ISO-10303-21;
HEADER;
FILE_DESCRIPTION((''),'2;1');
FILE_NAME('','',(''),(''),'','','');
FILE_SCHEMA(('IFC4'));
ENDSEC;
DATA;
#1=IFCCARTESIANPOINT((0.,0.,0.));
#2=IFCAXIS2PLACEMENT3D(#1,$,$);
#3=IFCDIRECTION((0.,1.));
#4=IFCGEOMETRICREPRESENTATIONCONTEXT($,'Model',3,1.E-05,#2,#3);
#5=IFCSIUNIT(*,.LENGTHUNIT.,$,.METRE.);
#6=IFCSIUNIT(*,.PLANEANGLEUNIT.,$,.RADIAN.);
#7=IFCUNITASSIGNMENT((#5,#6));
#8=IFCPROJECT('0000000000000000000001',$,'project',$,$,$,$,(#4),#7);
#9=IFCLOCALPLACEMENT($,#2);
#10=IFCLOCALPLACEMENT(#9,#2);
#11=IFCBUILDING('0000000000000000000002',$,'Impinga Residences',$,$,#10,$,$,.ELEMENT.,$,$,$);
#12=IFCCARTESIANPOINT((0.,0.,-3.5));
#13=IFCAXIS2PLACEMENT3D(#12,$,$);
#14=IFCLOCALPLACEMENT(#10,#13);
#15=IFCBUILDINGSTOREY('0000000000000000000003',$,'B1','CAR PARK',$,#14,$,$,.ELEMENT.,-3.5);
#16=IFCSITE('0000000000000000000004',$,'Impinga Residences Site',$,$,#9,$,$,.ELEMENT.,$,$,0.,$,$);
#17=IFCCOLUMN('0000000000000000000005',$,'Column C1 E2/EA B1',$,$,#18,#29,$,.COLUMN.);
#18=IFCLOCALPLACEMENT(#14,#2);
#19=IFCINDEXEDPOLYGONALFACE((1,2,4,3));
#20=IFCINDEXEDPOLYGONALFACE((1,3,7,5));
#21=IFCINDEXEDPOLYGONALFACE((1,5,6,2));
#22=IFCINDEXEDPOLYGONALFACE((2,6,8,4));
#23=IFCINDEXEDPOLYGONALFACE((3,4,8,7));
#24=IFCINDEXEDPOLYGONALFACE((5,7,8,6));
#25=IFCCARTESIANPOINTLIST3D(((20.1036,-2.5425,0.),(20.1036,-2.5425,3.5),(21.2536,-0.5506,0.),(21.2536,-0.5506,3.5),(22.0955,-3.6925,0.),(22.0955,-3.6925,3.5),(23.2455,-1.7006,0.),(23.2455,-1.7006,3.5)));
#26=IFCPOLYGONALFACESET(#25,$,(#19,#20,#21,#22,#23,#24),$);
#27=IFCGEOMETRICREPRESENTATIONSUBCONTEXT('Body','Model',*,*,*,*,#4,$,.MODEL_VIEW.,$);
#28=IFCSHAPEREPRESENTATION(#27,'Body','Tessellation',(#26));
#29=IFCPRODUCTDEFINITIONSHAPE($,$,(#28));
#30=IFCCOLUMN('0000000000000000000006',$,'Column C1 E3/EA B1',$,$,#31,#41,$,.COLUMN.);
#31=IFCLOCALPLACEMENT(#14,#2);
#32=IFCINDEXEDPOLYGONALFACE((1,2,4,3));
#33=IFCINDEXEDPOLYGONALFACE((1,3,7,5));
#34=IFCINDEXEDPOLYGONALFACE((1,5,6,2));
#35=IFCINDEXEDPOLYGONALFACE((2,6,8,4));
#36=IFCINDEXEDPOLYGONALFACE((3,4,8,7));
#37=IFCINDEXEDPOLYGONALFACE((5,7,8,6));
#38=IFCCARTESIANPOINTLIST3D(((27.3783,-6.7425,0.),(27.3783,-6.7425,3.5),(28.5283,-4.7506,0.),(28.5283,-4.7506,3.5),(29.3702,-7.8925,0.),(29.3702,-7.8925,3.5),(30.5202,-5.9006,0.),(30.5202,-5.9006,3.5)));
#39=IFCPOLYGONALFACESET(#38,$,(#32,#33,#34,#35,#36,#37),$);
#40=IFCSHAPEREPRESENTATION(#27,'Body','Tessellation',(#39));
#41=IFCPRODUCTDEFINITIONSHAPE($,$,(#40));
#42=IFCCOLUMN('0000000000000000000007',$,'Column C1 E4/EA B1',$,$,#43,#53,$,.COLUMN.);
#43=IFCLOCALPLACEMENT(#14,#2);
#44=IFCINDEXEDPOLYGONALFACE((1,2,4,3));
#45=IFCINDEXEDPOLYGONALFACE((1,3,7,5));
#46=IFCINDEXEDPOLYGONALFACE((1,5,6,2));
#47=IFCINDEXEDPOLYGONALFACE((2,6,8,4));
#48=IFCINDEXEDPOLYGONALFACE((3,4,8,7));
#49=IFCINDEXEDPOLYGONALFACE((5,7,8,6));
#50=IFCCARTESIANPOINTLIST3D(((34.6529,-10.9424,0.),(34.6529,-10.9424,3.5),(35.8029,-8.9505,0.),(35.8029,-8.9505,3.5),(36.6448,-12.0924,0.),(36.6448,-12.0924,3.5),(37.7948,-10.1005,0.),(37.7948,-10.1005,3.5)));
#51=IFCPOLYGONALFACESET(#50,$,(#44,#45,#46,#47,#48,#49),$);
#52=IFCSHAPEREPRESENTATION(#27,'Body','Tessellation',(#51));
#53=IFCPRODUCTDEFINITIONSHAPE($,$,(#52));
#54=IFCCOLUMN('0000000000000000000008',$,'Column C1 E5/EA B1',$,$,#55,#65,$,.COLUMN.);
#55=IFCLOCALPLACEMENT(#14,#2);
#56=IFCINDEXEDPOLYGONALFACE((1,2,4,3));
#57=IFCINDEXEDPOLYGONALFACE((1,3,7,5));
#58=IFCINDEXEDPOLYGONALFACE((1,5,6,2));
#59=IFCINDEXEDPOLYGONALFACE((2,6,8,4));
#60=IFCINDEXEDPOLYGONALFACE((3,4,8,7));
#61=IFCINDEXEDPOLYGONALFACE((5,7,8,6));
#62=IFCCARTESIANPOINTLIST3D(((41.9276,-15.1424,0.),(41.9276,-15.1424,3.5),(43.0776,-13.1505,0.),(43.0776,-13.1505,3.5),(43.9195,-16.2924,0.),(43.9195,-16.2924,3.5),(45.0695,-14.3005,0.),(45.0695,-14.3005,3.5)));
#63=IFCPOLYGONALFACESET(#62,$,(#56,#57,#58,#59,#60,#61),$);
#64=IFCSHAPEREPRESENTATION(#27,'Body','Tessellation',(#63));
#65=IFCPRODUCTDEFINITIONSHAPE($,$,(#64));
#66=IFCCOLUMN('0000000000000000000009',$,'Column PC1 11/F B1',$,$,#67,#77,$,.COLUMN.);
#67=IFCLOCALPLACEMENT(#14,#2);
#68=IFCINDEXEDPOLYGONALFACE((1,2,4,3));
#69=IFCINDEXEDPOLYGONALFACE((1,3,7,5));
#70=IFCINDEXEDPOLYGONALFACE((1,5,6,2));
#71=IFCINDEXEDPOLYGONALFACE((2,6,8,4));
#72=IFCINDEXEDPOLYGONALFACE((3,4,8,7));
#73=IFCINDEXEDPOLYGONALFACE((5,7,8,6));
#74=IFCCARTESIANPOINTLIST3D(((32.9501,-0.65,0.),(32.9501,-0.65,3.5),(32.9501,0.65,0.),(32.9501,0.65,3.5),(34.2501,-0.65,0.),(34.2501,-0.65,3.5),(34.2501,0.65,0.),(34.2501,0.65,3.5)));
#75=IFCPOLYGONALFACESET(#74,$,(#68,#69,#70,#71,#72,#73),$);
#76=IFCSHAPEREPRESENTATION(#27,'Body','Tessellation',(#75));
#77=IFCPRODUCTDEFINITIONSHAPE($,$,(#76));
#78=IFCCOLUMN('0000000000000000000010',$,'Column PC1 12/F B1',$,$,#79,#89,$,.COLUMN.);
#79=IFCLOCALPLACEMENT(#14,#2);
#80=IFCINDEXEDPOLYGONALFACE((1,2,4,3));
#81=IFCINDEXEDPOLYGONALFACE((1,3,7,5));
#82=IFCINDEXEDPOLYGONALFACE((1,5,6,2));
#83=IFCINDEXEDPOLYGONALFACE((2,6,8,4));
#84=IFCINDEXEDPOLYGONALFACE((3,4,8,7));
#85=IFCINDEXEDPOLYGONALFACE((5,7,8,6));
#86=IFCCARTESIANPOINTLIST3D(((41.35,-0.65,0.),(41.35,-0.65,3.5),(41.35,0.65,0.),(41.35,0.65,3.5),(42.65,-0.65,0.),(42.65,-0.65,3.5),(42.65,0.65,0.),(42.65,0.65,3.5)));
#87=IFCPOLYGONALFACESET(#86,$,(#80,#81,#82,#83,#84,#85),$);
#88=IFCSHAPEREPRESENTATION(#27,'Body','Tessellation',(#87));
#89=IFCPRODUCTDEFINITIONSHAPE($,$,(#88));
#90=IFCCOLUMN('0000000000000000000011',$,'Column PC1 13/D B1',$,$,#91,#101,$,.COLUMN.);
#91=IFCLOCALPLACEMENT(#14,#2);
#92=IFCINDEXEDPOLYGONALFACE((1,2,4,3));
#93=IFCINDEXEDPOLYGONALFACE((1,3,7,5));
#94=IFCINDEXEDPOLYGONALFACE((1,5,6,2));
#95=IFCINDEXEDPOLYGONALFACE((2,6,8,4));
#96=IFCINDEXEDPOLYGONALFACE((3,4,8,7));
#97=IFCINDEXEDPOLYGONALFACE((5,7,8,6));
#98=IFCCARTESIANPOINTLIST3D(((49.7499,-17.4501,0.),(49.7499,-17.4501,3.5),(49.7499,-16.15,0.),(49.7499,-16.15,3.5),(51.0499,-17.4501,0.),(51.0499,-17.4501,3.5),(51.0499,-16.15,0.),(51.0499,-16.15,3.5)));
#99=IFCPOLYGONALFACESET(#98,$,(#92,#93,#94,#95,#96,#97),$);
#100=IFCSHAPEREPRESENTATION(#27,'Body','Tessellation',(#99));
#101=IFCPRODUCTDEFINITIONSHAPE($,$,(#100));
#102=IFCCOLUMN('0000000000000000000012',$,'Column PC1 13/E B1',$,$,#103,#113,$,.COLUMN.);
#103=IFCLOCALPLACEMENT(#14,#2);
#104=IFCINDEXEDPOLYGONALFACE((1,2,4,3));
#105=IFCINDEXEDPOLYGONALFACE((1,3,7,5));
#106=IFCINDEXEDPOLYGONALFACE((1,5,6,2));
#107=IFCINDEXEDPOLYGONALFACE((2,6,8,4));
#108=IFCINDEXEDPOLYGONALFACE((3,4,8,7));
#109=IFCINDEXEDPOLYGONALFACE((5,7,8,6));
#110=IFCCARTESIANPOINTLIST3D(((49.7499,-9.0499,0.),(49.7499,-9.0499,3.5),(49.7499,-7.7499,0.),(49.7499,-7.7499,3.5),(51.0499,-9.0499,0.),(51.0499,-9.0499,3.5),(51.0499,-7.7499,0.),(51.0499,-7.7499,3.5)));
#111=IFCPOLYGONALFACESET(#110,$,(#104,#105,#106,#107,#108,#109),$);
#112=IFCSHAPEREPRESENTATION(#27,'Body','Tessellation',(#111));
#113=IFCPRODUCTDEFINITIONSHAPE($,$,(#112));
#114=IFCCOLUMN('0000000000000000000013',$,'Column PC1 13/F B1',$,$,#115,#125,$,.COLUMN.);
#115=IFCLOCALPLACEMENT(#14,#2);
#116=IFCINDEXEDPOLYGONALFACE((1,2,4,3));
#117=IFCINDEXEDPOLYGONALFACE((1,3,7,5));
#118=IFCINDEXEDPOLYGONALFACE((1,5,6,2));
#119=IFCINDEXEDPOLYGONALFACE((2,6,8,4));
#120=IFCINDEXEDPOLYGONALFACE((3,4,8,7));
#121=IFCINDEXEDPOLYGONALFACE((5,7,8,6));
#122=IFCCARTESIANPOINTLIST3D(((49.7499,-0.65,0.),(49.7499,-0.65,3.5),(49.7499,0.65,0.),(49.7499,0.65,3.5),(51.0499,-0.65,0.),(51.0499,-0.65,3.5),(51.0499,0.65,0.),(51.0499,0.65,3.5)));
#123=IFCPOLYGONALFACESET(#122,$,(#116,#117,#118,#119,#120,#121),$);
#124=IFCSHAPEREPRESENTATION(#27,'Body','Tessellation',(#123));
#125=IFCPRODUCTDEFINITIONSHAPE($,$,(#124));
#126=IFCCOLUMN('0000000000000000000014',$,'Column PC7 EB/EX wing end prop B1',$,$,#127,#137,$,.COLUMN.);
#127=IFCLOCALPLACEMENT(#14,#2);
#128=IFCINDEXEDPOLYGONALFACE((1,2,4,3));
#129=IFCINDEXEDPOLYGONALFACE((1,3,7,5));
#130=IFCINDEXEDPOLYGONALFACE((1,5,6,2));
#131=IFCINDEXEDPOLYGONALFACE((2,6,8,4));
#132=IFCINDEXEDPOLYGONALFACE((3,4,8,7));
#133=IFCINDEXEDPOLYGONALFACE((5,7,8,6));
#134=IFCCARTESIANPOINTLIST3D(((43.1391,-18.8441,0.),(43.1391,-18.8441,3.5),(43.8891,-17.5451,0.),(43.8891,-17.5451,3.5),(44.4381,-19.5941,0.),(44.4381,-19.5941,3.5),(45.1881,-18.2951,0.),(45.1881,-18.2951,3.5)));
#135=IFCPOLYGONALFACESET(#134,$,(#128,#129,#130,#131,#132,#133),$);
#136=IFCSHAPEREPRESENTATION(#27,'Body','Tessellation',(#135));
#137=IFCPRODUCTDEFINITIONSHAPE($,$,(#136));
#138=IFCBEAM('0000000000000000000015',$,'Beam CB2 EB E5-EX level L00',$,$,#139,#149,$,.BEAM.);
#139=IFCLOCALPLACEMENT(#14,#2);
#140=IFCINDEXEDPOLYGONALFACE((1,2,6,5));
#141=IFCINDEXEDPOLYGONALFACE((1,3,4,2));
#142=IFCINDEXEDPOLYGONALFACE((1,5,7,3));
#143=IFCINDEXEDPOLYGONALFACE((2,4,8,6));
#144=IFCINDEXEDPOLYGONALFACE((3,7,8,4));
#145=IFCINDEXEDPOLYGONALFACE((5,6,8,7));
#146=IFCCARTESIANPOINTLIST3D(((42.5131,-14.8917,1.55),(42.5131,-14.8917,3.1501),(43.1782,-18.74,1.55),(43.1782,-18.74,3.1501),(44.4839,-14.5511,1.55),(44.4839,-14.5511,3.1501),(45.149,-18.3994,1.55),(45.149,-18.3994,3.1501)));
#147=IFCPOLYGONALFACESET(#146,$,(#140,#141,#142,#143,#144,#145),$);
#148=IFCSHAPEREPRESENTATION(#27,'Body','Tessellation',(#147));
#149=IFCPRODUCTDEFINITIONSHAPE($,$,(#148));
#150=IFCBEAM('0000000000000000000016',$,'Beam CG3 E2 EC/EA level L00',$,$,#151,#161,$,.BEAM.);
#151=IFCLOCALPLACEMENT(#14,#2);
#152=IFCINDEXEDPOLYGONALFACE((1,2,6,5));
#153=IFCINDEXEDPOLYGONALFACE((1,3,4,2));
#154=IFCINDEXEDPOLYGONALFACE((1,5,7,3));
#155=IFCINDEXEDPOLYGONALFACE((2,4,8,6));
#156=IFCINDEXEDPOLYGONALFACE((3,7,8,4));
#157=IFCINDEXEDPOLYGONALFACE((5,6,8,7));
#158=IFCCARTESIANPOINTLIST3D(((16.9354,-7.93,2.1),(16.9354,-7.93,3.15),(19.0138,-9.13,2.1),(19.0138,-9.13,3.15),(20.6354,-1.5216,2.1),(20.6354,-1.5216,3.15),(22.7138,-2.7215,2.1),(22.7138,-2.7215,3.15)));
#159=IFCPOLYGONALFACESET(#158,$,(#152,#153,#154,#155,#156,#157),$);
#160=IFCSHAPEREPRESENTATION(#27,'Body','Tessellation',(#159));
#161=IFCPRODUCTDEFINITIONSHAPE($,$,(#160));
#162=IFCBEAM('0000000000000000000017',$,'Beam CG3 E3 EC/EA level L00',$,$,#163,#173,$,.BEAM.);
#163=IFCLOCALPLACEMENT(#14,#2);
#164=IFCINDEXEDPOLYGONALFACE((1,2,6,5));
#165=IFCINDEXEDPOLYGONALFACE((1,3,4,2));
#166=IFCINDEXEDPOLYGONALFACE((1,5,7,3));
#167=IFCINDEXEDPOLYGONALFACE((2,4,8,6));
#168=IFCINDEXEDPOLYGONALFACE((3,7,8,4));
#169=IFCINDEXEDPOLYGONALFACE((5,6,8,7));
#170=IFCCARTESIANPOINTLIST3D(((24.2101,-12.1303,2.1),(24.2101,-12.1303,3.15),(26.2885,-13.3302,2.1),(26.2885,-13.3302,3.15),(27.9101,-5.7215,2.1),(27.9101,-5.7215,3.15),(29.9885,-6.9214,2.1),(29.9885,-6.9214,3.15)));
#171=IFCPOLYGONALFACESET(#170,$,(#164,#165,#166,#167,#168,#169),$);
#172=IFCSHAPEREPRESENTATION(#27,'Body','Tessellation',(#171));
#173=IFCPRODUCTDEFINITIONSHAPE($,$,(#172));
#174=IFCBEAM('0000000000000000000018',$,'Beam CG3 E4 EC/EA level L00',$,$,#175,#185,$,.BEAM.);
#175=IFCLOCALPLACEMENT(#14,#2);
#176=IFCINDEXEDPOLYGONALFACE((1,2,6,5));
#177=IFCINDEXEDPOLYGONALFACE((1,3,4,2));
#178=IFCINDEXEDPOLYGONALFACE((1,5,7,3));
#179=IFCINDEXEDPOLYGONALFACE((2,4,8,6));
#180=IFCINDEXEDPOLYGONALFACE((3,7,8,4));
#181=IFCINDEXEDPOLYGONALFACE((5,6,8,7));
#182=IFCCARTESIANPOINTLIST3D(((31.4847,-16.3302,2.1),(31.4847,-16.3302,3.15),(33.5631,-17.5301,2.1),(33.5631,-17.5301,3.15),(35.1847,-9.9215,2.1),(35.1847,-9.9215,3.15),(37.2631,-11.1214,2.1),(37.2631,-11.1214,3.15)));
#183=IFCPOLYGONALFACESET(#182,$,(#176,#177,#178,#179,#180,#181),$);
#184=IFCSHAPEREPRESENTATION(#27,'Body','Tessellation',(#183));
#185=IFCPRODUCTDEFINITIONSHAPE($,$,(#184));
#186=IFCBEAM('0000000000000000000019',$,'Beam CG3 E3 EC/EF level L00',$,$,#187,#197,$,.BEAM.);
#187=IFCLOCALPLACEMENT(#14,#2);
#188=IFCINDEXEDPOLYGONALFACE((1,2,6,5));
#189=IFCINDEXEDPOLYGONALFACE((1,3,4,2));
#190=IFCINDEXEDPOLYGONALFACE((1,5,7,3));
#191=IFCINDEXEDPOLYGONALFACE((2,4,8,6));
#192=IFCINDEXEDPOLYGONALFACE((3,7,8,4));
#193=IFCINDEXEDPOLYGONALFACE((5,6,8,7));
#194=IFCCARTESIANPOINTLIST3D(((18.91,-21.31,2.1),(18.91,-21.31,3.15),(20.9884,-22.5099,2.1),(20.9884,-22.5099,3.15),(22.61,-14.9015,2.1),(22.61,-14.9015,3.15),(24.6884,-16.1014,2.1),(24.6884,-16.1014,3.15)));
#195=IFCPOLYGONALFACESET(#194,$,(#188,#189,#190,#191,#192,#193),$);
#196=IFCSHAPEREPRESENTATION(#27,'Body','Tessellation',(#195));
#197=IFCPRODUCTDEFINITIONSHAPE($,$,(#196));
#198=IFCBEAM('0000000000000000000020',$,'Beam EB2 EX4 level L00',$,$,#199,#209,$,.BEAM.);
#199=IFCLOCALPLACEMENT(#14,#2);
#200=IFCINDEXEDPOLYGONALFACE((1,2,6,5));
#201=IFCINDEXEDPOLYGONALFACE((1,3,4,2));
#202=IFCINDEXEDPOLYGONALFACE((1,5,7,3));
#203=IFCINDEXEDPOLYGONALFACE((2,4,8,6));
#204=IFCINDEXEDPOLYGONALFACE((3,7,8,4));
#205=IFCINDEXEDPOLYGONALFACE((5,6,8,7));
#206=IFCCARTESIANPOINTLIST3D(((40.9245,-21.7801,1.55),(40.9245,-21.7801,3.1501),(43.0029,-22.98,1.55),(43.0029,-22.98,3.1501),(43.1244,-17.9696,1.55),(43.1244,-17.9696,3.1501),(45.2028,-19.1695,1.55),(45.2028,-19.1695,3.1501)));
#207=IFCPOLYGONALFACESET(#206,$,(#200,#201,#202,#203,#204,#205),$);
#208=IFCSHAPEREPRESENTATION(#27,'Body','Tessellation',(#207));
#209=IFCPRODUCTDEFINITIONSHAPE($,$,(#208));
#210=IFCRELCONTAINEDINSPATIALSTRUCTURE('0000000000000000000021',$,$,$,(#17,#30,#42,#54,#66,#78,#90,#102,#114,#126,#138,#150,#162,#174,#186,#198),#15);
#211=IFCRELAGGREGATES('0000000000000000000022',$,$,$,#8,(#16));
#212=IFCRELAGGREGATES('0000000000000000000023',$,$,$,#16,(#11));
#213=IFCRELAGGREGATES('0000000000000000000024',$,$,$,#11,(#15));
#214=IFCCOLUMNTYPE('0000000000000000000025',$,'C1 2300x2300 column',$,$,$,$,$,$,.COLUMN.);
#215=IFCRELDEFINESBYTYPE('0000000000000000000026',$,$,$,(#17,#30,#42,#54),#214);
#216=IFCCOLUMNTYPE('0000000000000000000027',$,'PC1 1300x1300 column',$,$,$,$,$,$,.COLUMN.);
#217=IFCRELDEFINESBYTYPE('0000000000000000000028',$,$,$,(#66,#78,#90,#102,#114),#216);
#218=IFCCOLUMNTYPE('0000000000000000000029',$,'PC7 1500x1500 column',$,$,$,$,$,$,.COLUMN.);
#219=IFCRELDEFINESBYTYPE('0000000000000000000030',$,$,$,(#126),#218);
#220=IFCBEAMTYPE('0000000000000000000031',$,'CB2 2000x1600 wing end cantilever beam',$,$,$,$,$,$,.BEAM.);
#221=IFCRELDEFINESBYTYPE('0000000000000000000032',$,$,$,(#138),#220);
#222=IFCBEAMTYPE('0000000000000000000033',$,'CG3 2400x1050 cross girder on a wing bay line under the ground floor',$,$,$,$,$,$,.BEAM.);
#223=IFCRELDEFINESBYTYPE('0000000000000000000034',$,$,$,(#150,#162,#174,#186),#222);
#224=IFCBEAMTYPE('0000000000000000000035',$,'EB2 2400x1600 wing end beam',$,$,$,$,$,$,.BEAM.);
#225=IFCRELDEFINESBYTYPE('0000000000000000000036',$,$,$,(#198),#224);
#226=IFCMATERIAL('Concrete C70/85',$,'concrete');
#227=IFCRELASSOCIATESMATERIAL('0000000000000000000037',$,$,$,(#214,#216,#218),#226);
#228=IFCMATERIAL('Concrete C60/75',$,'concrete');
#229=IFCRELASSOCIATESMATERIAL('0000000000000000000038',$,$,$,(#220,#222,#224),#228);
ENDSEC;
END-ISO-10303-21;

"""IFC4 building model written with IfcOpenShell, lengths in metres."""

from ifc_helpers import new_model, si_unit, direction, frame, origin, origin_2d, place, context, subcontext, project, spatial, rectangle, extrude, material, material_profile, profile_set, type_object, element, save


model = new_model("IFC4")

# Units and contexts
model_context = context("Model", 3, precision=1e-05, world=origin(), true_north=direction((0.0, 1.0)))
body_context = subcontext(model_context, "Body", "Model", "MODEL_VIEW")
ifc_project = project(units=[si_unit("LENGTHUNIT", "METRE"), si_unit("PLANEANGLEUNIT", "RADIAN")], contexts=[model_context])

# Site, building, storey
site_placement = place(None, origin())
site = spatial("IfcSite", under=ifc_project, at=site_placement, Name="Impinga Residences Site", CompositionType="ELEMENT", RefElevation=0.0)
building_placement = place(site_placement, origin())
building = spatial("IfcBuilding", under=site, at=building_placement, Name="Impinga Residences", CompositionType="ELEMENT")
storey_placement = place(building_placement, frame((0.0, 0.0, -3.5)))
storey = spatial("IfcBuildingStorey", under=building, at=storey_placement, Name="B1", Description="CAR PARK", CompositionType="ELEMENT", Elevation=-3.5)

# Columns
ifc_material_1 = material(Name="Concrete C70/85", Category="concrete")
ifc_material_profile_1 = material_profile(ifc_material_1, rectangle(XDim=2.3, YDim=2.3, at=origin_2d()), Name="RC 2300x2300")
ifc_profile_set_1 = profile_set([ifc_material_profile_1], Name="Concrete C70/85")
column_type_1 = type_object("IfcColumnType", Name="C1 2300x2300 column", PredefinedType="COLUMN", material=ifc_profile_set_1)
for number, where, z_axis, x_axis, name in (
    (1, (21.6746, -2.1216, 0.0), (0.0, 0.0, 1.0), (-0.5, -0.866025, 0.0), "Column C1 E2/EA B1"),
    (2, (28.9492, -6.3215, 0.0), (0.0, 0.0, 1.0), (-0.5, -0.866025, 0.0), "Column C1 E3/EA B1"),
    (3, (36.2239, -10.5215, 0.0), (0.0, 0.0, 1.0), (-0.5, -0.866025, 0.0), "Column C1 E4/EA B1"),
    (4, (43.4985, -14.7214, 0.0), (0.0, 0.0, 1.0), (-0.5, -0.866025, 0.0), "Column C1 E5/EA B1"),
):
    element("IfcColumn", number, at=place(storey_placement, frame(where, z_axis=z_axis, x_axis=x_axis)), inside=storey, type_object=column_type_1, Name=name, PredefinedType="COLUMN", context=body_context, shape_type="SweptSolid", body=[
        extrude(rectangle(XDim=2.3, YDim=2.3, at=origin_2d()), origin(), (0.0, 0.0, 1.0), 3.5),
    ])
ifc_material_profile_2 = material_profile(ifc_material_1, rectangle(XDim=1.3, YDim=1.3, at=origin_2d()), Name="RC 1300x1300")
ifc_profile_set_2 = profile_set([ifc_material_profile_2], Name="Concrete C70/85")
column_type_2 = type_object("IfcColumnType", Name="PC1 1300x1300 column", PredefinedType="COLUMN", material=ifc_profile_set_2)
for number, where, z_axis, x_axis, name in (
    (5, (33.6001, 0.0, 0.0), (0.0, 0.0, 1.0), (1.0, 0.0, 0.0), "Column PC1 11/F B1"),
    (6, (42.0, 0.0, 0.0), (0.0, 0.0, 1.0), (1.0, 0.0, 0.0), "Column PC1 12/F B1"),
    (7, (50.3999, -16.8, 0.0), (0.0, 0.0, 1.0), (1.0, 0.0, 0.0), "Column PC1 13/D B1"),
    (8, (50.3999, -8.3999, 0.0), (0.0, 0.0, 1.0), (1.0, 0.0, 0.0), "Column PC1 13/E B1"),
    (9, (50.3999, 0.0, 0.0), (0.0, 0.0, 1.0), (1.0, 0.0, 0.0), "Column PC1 13/F B1"),
):
    element("IfcColumn", number, at=place(storey_placement, frame(where, z_axis=z_axis, x_axis=x_axis)), inside=storey, type_object=column_type_2, Name=name, PredefinedType="COLUMN", context=body_context, shape_type="SweptSolid", body=[
        extrude(rectangle(XDim=1.3, YDim=1.3, at=origin_2d()), origin(), (0.0, 0.0, 1.0), 3.5),
    ])
ifc_material_profile_3 = material_profile(ifc_material_1, rectangle(XDim=1.5, YDim=1.5, at=origin_2d()), Name="RC 1500x1500")
ifc_profile_set_3 = profile_set([ifc_material_profile_3], Name="Concrete C70/85")
column_type_3 = type_object("IfcColumnType", Name="PC7 1500x1500 column", PredefinedType="COLUMN", material=ifc_profile_set_3)
column_placement = place(storey_placement, frame((44.1636, -18.5696, 0.0), z_axis=(0.0, 0.0, 1.0), x_axis=(-0.5, -0.866025, 0.0)))
element("IfcColumn", 10, at=column_placement, inside=storey, type_object=column_type_3, Name="Column PC7 EB/EX wing end prop B1", PredefinedType="COLUMN", context=body_context, shape_type="SweptSolid", body=[
    extrude(rectangle(XDim=1.5, YDim=1.5, at=origin_2d()), origin(), (0.0, 0.0, 1.0), 3.5),
])

# Beams
ifc_material_2 = material(Name="Concrete C60/75", Category="concrete")
ifc_material_profile_4 = material_profile(ifc_material_2, rectangle(XDim=2.0, YDim=1.6001, at=origin_2d()), Name="RC 2000x1600")
ifc_profile_set_4 = profile_set([ifc_material_profile_4], Name="Concrete C60/75")
beam_type_1 = type_object("IfcBeamType", Name="CB2 2000x1600 wing end cantilever beam", PredefinedType="BEAM", material=ifc_profile_set_4)
beam_1_placement = place(storey_placement, frame((43.4985, -14.7214, 2.3501), z_axis=(0.170296, -0.985393, 0.0), x_axis=(0.985393, 0.170296, 0.0)))
element("IfcBeam", 11, at=beam_1_placement, inside=storey, type_object=beam_type_1, Name="Beam CB2 EB E5-EX level L00", PredefinedType="BEAM", context=body_context, shape_type="SweptSolid", body=[
    extrude(rectangle(XDim=2.0, YDim=1.6001, at=origin_2d()), origin(), (0.0, 0.0, 1.0), 3.9053),
])
ifc_material_profile_5 = material_profile(ifc_material_2, rectangle(XDim=2.3999, YDim=1.05, at=origin_2d()), Name="RC 2400x1050")
ifc_profile_set_5 = profile_set([ifc_material_profile_5], Name="Concrete C60/75")
beam_type_2 = type_object("IfcBeamType", Name="CG3 2400x1050 cross girder on a wing bay line under the ground floor", PredefinedType="BEAM", material=ifc_profile_set_5)
beam_2_placement = place(storey_placement, frame((17.9746, -8.53, 2.625), z_axis=(0.500003, 0.866024, 0.0), x_axis=(-0.866024, 0.500003, 0.0)))
element("IfcBeam", 12, at=beam_2_placement, inside=storey, type_object=beam_type_2, Name="Beam CG3 E2 EC/EA level L00", PredefinedType="BEAM", context=body_context, shape_type="SweptSolid", body=[
    extrude(rectangle(XDim=2.3999, YDim=1.05, at=origin_2d()), origin(), (0.0, 0.0, 1.0), 7.3999),
])
for number, where, z_axis, x_axis, name in (
    (13, (25.2493, -12.7302, 2.625), (0.499989, 0.866032, 0.0), (-0.866032, 0.499989, 0.0), "Beam CG3 E3 EC/EA level L00"),
    (14, (32.5239, -16.9302, 2.625), (0.499989, 0.866032, 0.0), (-0.866032, 0.499989, 0.0), "Beam CG3 E4 EC/EA level L00"),
):
    element("IfcBeam", number, at=place(storey_placement, frame(where, z_axis=z_axis, x_axis=x_axis)), inside=storey, type_object=beam_type_2, Name=name, PredefinedType="BEAM", context=body_context, shape_type="SweptSolid", body=[
        extrude(rectangle(XDim=2.3999, YDim=1.05, at=origin_2d()), origin(), (0.0, 0.0, 1.0), 7.4001),
    ])
beam_3_placement = place(storey_placement, frame((23.6492, -15.5015, 2.625), z_axis=(-0.500003, -0.866024, 0.0), x_axis=(0.866024, -0.500003, 0.0)))
element("IfcBeam", 15, at=beam_3_placement, inside=storey, type_object=beam_type_2, Name="Beam CG3 E3 EC/EF level L00", PredefinedType="BEAM", context=body_context, shape_type="SweptSolid", body=[
    extrude(rectangle(XDim=2.3999, YDim=1.05, at=origin_2d()), origin(), (0.0, 0.0, 1.0), 7.3999),
])
ifc_material_profile_6 = material_profile(ifc_material_2, rectangle(XDim=2.3999, YDim=1.6001, at=origin_2d()), Name="RC 2400x1600")
ifc_profile_set_6 = profile_set([ifc_material_profile_6], Name="Concrete C60/75")
beam_type_3 = type_object("IfcBeamType", Name="EB2 2400x1600 wing end beam", PredefinedType="BEAM", material=ifc_profile_set_6)
beam_4_placement = place(storey_placement, frame((44.1636, -18.5696, 2.3501), z_axis=(-0.499988, -0.866032, 0.0), x_axis=(0.866032, -0.499988, 0.0)))
element("IfcBeam", 16, at=beam_4_placement, inside=storey, type_object=beam_type_3, Name="Beam EB2 EX4 level L00", PredefinedType="BEAM", context=body_context, shape_type="SweptSolid", body=[
    extrude(rectangle(XDim=2.3999, YDim=1.6001, at=origin_2d()), origin(), (0.0, 0.0, 1.0), 4.3999),
])

save(model, "model.ifc")
